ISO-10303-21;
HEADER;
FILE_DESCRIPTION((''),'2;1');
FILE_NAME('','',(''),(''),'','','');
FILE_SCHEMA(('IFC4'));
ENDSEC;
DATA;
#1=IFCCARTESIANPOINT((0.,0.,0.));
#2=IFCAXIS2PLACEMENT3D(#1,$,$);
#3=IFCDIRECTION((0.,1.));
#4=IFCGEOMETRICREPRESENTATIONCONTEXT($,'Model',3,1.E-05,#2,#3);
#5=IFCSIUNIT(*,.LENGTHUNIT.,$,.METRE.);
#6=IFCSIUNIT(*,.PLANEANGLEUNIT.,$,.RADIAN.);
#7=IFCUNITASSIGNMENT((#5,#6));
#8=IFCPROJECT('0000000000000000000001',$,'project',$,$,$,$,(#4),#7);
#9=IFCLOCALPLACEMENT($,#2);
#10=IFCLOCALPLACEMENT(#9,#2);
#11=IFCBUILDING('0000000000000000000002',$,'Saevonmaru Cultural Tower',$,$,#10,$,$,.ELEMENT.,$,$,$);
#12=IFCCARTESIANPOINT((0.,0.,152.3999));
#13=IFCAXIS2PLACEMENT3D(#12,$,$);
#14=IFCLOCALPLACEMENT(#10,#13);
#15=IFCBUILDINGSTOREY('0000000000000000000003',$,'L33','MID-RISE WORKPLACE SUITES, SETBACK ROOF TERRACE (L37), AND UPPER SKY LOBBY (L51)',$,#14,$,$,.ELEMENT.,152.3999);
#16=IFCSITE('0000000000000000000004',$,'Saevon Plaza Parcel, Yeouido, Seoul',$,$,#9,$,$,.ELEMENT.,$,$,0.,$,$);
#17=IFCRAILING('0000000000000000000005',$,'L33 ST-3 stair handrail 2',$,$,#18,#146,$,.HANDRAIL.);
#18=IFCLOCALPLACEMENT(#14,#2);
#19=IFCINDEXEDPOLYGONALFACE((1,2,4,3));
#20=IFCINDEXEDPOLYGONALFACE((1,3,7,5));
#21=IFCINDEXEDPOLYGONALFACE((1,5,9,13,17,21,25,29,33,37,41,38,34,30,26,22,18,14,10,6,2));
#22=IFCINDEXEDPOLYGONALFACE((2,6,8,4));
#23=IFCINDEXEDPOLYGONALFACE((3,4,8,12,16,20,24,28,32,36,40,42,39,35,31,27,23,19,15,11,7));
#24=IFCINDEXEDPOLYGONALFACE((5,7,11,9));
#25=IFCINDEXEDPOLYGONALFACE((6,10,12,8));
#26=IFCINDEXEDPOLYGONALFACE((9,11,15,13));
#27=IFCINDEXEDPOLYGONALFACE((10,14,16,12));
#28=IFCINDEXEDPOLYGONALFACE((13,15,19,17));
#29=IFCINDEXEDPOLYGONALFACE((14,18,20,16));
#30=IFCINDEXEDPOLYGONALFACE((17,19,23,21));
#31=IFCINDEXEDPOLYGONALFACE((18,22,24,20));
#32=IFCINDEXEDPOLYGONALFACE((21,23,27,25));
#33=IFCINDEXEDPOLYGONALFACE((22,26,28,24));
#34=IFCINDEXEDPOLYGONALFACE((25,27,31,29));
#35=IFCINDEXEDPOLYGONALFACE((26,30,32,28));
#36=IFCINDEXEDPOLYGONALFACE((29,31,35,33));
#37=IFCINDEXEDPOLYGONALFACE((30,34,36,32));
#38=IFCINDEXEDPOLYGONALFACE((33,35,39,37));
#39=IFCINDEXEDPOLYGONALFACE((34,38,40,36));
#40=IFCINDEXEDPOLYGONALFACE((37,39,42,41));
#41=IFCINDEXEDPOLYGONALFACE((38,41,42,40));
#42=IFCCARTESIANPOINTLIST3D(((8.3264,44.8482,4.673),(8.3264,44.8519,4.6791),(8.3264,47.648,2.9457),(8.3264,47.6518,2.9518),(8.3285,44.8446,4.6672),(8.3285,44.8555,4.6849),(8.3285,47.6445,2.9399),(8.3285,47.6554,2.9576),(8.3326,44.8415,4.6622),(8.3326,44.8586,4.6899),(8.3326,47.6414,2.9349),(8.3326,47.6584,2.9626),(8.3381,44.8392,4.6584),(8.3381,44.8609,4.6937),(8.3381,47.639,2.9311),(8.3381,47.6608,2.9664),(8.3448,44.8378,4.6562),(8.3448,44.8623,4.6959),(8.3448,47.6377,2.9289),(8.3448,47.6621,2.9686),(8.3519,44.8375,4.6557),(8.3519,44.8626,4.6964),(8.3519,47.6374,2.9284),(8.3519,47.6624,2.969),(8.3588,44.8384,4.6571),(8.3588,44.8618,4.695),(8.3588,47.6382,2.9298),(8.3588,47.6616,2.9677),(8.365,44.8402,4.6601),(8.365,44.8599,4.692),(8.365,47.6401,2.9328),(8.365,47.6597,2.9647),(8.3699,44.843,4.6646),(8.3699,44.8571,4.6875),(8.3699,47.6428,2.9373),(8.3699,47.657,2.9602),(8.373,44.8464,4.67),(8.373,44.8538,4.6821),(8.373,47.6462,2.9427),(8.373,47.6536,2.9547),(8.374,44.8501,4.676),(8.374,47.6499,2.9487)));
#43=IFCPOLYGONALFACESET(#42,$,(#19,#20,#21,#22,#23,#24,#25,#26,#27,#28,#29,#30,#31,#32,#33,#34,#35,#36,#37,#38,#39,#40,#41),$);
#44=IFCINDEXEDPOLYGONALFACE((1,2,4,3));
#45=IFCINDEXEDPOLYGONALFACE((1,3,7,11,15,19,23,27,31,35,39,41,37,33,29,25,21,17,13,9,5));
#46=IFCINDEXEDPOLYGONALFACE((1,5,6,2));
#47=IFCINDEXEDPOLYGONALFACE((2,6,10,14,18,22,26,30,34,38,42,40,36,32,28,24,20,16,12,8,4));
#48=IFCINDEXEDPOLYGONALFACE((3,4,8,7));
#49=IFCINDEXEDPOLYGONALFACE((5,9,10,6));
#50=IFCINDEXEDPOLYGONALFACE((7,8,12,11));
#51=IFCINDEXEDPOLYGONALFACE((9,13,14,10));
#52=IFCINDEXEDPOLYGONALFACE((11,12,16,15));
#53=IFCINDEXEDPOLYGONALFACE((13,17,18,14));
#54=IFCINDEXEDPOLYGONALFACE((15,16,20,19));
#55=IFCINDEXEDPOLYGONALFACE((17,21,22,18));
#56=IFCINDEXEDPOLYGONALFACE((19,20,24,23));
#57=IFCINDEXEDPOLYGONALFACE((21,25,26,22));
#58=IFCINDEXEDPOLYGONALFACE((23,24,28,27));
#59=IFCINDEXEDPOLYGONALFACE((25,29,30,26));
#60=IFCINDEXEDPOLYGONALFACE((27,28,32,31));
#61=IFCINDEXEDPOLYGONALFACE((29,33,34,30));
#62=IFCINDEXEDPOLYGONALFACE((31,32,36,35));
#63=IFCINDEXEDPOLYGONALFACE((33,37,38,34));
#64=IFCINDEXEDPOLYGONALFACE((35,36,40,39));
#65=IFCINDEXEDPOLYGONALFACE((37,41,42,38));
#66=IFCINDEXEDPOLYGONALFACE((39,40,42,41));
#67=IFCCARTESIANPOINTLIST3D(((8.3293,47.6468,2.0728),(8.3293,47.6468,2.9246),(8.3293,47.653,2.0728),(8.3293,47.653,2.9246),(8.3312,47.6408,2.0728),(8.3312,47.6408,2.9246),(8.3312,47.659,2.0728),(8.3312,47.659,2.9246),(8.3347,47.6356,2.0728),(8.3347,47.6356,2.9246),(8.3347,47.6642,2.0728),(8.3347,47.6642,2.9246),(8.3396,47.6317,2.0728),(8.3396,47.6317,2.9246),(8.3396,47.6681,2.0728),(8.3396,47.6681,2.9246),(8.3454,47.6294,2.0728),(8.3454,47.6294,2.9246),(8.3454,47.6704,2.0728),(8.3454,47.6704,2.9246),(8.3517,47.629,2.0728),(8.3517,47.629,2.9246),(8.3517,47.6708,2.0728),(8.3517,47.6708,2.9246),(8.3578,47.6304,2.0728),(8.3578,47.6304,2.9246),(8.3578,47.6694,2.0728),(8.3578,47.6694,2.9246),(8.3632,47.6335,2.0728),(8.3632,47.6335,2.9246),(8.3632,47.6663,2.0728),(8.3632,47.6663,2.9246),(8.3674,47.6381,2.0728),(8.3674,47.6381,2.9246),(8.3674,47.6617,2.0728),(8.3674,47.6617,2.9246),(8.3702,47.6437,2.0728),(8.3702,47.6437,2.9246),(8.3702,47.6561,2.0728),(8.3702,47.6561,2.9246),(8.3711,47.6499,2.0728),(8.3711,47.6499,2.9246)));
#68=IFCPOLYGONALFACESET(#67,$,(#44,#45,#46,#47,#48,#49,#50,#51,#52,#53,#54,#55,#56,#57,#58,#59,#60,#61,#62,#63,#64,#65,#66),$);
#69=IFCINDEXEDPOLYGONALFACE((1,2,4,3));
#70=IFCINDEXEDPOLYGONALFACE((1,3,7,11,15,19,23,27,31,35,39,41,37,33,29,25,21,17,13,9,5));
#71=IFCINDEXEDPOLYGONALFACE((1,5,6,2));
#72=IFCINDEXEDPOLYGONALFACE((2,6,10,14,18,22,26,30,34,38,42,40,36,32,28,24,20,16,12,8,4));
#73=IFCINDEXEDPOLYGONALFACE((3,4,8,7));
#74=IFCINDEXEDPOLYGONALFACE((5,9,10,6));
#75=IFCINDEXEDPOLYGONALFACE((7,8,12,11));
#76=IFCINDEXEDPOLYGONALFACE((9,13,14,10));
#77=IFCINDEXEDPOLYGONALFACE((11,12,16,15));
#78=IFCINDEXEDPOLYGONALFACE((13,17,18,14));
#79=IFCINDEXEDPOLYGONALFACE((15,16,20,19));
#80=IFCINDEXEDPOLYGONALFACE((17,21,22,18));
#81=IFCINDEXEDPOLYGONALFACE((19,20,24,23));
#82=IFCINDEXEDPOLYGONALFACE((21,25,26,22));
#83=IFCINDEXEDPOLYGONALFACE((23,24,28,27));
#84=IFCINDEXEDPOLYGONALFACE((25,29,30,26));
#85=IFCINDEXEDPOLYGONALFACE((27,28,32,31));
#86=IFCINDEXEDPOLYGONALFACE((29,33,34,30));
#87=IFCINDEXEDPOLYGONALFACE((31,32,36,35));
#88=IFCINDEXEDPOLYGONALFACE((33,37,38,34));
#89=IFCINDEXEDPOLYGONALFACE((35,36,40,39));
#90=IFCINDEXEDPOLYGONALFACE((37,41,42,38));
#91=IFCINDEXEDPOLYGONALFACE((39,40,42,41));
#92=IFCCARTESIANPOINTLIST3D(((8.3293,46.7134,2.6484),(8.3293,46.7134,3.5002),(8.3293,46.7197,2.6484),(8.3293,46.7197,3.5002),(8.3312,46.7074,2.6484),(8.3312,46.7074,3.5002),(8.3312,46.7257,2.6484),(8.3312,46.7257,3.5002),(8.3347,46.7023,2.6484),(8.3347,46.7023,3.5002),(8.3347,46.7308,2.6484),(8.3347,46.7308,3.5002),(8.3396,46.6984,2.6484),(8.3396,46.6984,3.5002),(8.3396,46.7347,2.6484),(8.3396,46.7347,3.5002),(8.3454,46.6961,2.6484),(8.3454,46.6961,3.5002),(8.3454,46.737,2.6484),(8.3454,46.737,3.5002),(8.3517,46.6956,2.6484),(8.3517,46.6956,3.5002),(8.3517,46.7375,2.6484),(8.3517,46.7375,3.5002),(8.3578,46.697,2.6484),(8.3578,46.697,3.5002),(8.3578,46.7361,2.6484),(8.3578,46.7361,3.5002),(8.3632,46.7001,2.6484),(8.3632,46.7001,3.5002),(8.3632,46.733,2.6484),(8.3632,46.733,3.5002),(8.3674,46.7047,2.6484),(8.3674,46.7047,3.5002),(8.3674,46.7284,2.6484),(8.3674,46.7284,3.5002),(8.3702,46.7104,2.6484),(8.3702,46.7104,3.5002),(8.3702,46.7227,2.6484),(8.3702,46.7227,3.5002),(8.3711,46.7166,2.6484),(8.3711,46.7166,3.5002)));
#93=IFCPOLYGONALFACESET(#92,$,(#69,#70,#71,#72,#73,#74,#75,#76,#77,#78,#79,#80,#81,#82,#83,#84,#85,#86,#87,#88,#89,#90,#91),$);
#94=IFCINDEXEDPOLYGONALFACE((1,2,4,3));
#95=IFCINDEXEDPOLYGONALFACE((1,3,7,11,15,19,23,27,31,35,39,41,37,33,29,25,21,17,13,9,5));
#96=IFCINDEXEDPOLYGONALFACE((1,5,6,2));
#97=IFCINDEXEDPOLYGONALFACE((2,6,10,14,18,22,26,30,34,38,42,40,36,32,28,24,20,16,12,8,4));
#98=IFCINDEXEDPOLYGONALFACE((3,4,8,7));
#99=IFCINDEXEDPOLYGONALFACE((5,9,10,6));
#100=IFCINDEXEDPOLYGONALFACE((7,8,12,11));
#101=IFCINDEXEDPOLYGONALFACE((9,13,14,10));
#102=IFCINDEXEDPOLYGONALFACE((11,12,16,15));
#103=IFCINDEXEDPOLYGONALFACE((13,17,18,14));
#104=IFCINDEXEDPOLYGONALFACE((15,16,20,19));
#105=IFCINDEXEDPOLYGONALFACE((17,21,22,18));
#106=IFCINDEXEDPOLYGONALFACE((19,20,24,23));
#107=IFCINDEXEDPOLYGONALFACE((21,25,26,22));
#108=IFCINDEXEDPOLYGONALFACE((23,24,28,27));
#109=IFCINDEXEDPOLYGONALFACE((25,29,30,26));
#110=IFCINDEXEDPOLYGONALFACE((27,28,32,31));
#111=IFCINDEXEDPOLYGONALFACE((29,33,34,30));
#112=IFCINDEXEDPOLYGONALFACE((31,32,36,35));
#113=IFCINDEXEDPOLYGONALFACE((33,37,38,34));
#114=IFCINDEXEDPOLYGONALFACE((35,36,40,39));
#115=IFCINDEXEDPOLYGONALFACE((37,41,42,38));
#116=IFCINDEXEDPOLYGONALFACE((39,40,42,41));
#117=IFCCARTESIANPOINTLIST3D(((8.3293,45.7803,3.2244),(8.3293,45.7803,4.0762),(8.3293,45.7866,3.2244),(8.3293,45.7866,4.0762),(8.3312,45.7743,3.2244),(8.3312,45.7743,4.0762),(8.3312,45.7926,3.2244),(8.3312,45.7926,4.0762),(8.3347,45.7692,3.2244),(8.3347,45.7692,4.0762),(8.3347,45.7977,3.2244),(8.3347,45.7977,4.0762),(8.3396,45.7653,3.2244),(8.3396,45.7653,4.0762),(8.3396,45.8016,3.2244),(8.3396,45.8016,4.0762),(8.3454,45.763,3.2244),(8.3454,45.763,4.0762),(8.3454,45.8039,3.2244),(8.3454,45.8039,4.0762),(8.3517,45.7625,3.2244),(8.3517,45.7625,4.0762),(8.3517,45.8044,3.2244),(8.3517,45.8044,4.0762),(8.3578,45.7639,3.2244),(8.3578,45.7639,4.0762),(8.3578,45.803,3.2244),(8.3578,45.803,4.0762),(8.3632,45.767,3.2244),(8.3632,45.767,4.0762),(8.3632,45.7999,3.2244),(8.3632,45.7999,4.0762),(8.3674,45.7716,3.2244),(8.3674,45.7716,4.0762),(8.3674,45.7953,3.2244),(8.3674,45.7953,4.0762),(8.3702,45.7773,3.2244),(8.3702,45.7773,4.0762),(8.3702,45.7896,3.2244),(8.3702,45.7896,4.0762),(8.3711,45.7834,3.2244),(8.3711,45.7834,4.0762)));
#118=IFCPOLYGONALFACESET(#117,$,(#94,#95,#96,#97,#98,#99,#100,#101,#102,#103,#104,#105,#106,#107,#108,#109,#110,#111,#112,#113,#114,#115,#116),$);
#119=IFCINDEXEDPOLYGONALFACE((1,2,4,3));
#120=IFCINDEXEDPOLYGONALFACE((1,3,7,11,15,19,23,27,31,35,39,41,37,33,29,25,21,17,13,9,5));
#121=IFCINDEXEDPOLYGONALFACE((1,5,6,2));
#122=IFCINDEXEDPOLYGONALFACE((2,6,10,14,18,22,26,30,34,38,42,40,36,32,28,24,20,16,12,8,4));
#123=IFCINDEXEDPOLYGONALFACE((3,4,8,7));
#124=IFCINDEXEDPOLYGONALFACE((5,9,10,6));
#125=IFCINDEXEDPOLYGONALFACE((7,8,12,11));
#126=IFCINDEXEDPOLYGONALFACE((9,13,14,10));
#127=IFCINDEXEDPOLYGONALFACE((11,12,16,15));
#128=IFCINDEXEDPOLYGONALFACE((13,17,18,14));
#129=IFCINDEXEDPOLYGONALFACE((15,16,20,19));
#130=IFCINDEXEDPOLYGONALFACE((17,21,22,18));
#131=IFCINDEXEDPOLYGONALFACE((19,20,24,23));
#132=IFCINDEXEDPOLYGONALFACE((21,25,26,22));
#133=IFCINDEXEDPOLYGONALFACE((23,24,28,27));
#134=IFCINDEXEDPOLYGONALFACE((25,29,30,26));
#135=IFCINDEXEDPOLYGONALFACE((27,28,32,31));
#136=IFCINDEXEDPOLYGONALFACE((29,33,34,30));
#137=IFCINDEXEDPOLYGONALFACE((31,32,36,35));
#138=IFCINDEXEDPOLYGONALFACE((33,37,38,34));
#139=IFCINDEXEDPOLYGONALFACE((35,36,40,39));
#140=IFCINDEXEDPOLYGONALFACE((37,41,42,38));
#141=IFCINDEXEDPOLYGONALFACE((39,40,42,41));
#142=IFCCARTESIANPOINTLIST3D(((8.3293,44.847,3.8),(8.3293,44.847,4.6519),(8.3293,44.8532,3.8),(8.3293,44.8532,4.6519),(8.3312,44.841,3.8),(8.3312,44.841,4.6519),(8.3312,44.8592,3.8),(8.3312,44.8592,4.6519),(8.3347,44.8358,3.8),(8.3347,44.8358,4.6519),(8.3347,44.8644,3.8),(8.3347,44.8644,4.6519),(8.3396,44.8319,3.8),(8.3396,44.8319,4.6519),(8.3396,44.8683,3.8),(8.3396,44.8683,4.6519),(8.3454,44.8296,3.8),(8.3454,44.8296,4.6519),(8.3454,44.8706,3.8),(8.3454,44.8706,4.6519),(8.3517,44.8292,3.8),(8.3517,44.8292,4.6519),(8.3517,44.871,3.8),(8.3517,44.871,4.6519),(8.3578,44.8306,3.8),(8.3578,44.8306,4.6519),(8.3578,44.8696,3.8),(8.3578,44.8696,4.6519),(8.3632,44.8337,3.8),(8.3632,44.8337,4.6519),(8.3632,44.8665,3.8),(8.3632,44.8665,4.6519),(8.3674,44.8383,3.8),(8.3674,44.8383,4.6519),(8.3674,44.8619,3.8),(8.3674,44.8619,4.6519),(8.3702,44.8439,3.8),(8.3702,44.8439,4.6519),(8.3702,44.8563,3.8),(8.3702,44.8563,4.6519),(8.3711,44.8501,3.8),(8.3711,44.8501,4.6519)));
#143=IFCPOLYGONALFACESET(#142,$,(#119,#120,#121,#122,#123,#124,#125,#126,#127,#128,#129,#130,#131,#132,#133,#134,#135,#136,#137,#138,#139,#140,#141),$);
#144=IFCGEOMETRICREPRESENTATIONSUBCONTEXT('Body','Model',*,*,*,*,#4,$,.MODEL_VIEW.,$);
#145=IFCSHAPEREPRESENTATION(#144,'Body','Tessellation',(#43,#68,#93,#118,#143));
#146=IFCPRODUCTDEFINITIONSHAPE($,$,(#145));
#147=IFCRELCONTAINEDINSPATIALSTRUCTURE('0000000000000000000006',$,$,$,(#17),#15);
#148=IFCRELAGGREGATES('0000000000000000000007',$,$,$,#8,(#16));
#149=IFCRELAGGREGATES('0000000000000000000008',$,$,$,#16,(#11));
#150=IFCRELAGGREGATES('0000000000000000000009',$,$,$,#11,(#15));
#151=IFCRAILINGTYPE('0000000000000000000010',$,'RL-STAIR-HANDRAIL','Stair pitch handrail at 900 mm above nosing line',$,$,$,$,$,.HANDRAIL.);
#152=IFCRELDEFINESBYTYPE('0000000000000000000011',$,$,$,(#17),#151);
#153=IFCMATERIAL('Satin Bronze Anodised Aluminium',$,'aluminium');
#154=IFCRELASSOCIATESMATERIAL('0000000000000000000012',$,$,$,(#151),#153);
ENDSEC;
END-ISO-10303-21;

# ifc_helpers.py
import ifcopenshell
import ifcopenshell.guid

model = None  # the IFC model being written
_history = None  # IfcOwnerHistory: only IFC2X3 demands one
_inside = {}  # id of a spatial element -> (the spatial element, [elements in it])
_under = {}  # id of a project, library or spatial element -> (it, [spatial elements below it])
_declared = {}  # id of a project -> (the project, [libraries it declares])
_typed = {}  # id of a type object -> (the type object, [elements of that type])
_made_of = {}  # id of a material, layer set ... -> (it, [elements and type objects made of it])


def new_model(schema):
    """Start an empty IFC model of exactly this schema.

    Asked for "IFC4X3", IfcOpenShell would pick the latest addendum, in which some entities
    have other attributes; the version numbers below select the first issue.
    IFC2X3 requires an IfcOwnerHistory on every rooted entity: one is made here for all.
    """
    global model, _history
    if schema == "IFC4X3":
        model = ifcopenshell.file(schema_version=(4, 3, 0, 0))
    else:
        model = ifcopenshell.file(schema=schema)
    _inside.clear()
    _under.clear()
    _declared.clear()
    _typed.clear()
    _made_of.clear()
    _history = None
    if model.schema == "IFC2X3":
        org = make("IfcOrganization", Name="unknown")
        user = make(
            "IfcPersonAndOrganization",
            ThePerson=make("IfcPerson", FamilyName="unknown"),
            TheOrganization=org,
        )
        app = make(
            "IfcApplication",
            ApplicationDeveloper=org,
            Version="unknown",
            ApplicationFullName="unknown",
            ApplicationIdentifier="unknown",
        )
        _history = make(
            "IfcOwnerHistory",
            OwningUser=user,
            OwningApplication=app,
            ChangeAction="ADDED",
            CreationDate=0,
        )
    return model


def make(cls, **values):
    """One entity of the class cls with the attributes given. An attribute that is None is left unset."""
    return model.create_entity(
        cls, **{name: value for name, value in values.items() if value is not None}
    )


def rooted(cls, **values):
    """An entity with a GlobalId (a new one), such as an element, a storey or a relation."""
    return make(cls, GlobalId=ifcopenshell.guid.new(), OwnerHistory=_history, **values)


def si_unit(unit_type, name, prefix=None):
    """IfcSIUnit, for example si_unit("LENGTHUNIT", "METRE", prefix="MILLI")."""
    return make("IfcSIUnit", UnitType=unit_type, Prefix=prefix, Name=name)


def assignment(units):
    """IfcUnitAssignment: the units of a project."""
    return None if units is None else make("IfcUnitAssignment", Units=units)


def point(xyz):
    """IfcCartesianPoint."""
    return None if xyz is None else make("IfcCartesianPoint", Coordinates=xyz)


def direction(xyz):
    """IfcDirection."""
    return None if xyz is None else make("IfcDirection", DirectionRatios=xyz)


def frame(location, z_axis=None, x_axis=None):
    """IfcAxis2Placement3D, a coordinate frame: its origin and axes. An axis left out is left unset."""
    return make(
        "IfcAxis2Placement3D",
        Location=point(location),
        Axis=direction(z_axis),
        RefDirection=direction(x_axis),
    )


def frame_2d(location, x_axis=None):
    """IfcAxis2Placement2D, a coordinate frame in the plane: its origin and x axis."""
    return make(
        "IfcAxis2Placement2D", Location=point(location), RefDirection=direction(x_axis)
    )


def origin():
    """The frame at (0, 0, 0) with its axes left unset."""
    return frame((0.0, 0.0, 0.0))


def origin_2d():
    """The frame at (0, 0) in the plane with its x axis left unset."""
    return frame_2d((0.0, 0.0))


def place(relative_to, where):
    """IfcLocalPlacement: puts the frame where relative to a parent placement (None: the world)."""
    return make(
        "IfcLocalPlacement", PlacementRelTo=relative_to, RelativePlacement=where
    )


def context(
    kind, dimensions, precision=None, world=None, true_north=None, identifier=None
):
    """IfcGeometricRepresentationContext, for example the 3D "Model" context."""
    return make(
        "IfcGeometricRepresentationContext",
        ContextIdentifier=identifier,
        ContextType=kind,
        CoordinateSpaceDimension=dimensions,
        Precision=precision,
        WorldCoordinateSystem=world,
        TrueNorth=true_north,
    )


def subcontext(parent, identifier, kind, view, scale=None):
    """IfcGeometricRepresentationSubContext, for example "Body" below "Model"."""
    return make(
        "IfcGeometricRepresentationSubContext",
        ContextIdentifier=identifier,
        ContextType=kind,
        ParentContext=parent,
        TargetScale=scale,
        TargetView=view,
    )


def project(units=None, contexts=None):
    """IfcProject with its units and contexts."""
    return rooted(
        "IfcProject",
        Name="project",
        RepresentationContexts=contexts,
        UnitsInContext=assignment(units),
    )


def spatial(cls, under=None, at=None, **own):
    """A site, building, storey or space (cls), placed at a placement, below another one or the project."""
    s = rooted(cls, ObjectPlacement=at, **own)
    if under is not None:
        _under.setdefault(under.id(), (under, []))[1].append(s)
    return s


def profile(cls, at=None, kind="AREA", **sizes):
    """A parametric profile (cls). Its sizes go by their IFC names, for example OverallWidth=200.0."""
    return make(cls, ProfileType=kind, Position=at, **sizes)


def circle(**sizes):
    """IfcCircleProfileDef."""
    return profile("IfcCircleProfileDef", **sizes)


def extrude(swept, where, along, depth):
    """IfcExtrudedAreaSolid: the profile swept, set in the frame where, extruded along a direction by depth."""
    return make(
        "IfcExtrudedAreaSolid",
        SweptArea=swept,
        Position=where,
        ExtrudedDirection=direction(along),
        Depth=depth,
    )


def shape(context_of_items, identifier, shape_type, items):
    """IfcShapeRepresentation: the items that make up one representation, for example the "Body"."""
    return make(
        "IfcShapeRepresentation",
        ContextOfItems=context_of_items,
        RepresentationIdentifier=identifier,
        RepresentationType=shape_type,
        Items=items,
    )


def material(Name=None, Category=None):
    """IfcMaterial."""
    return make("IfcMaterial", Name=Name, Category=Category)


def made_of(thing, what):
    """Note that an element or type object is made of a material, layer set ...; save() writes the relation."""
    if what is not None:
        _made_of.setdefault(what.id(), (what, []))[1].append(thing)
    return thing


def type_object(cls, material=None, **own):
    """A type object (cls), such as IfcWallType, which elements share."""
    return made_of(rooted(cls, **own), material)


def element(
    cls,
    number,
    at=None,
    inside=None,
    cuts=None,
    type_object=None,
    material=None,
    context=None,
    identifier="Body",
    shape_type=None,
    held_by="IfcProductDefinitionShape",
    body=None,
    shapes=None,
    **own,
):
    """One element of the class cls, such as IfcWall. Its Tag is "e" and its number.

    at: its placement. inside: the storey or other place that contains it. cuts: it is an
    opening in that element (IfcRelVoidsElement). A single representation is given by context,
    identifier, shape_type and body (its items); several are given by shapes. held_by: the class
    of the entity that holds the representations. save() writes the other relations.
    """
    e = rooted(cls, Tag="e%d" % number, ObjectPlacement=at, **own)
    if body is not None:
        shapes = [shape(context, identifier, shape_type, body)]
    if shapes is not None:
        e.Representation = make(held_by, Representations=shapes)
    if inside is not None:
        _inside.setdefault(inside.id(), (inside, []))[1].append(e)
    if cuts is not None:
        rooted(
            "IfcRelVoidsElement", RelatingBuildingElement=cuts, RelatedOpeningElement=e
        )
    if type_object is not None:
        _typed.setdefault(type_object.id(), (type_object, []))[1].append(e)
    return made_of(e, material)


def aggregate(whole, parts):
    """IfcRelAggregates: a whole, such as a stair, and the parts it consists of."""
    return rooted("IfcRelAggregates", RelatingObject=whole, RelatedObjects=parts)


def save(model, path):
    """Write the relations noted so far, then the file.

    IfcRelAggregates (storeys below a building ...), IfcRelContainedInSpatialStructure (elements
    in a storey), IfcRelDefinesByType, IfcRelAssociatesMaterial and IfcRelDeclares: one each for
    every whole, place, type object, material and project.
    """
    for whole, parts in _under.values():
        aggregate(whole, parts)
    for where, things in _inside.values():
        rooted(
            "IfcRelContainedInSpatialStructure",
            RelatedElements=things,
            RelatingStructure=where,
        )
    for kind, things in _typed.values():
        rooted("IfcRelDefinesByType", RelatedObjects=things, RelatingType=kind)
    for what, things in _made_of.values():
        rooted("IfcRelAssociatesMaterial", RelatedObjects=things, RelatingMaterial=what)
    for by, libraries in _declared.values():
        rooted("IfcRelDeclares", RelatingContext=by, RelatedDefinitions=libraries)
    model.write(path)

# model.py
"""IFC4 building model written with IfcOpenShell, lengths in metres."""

from ifc_helpers import new_model, si_unit, direction, frame, origin, origin_2d, place, context, subcontext, project, spatial, circle, extrude, material, type_object, element, save


model = new_model("IFC4")

# Units and contexts
model_context = context("Model", 3, precision=1e-05, world=origin(), true_north=direction((0.0, 1.0)))
body_context = subcontext(model_context, "Body", "Model", "MODEL_VIEW")
ifc_project = project(units=[si_unit("LENGTHUNIT", "METRE"), si_unit("PLANEANGLEUNIT", "RADIAN")], contexts=[model_context])

# Site, building, storey
site_placement = place(None, origin())
site = spatial("IfcSite", under=ifc_project, at=site_placement, Name="Saevon Plaza Parcel, Yeouido, Seoul", CompositionType="ELEMENT", RefElevation=0.0)
building_placement = place(site_placement, origin())
building = spatial("IfcBuilding", under=site, at=building_placement, Name="Saevonmaru Cultural Tower", CompositionType="ELEMENT")
storey_placement = place(building_placement, frame((0.0, 0.0, 152.3999)))
storey = spatial("IfcBuildingStorey", under=building, at=storey_placement, Name="L33", Description="MID-RISE WORKPLACE SUITES, SETBACK ROOF TERRACE (L37), AND UPPER SKY LOBBY (L51)", CompositionType="ELEMENT", Elevation=152.3999)

# Shared definitions
ifc_material_1 = material(Name="Satin Bronze Anodised Aluminium", Category="aluminium")

# Railing
railing_type_1 = type_object("IfcRailingType", Name="RL-STAIR-HANDRAIL", Description="Stair pitch handrail at 900 mm above nosing line", PredefinedType="HANDRAIL", material=ifc_material_1)
railing_1_placement = place(storey_placement, frame((8.3501, 47.6499, 2.0728)))
element("IfcRailing", 1, at=railing_1_placement, inside=storey, type_object=railing_type_1, Name="L33 ST-3 stair handrail 2", PredefinedType="HANDRAIL", context=body_context, shape_type="SweptSolid", body=[
    extrude(circle(Radius=0.0239, at=origin_2d()), frame((0.0, 0.0, 0.876), z_axis=(0.0, -0.851069, 0.525054), x_axis=(1.0, 0.0, 0.0)), (0.0, 0.0, 1.0), 3.2898),
    extrude(circle(Radius=0.021, at=origin_2d()), origin(), (0.0, 0.0, 1.0), 0.8518),
    extrude(circle(Radius=0.021, at=origin_2d()), frame((0.0, -0.9333, 0.5757)), (0.0, 0.0, 1.0), 0.8518),
    extrude(circle(Radius=0.021, at=origin_2d()), frame((0.0, -1.8665, 1.1516)), (0.0, 0.0, 1.0), 0.8518),
    extrude(circle(Radius=0.021, at=origin_2d()), frame((0.0, -2.7998, 1.7273)), (0.0, 0.0, 1.0), 0.8518),
])

save(model, "model.ifc")
